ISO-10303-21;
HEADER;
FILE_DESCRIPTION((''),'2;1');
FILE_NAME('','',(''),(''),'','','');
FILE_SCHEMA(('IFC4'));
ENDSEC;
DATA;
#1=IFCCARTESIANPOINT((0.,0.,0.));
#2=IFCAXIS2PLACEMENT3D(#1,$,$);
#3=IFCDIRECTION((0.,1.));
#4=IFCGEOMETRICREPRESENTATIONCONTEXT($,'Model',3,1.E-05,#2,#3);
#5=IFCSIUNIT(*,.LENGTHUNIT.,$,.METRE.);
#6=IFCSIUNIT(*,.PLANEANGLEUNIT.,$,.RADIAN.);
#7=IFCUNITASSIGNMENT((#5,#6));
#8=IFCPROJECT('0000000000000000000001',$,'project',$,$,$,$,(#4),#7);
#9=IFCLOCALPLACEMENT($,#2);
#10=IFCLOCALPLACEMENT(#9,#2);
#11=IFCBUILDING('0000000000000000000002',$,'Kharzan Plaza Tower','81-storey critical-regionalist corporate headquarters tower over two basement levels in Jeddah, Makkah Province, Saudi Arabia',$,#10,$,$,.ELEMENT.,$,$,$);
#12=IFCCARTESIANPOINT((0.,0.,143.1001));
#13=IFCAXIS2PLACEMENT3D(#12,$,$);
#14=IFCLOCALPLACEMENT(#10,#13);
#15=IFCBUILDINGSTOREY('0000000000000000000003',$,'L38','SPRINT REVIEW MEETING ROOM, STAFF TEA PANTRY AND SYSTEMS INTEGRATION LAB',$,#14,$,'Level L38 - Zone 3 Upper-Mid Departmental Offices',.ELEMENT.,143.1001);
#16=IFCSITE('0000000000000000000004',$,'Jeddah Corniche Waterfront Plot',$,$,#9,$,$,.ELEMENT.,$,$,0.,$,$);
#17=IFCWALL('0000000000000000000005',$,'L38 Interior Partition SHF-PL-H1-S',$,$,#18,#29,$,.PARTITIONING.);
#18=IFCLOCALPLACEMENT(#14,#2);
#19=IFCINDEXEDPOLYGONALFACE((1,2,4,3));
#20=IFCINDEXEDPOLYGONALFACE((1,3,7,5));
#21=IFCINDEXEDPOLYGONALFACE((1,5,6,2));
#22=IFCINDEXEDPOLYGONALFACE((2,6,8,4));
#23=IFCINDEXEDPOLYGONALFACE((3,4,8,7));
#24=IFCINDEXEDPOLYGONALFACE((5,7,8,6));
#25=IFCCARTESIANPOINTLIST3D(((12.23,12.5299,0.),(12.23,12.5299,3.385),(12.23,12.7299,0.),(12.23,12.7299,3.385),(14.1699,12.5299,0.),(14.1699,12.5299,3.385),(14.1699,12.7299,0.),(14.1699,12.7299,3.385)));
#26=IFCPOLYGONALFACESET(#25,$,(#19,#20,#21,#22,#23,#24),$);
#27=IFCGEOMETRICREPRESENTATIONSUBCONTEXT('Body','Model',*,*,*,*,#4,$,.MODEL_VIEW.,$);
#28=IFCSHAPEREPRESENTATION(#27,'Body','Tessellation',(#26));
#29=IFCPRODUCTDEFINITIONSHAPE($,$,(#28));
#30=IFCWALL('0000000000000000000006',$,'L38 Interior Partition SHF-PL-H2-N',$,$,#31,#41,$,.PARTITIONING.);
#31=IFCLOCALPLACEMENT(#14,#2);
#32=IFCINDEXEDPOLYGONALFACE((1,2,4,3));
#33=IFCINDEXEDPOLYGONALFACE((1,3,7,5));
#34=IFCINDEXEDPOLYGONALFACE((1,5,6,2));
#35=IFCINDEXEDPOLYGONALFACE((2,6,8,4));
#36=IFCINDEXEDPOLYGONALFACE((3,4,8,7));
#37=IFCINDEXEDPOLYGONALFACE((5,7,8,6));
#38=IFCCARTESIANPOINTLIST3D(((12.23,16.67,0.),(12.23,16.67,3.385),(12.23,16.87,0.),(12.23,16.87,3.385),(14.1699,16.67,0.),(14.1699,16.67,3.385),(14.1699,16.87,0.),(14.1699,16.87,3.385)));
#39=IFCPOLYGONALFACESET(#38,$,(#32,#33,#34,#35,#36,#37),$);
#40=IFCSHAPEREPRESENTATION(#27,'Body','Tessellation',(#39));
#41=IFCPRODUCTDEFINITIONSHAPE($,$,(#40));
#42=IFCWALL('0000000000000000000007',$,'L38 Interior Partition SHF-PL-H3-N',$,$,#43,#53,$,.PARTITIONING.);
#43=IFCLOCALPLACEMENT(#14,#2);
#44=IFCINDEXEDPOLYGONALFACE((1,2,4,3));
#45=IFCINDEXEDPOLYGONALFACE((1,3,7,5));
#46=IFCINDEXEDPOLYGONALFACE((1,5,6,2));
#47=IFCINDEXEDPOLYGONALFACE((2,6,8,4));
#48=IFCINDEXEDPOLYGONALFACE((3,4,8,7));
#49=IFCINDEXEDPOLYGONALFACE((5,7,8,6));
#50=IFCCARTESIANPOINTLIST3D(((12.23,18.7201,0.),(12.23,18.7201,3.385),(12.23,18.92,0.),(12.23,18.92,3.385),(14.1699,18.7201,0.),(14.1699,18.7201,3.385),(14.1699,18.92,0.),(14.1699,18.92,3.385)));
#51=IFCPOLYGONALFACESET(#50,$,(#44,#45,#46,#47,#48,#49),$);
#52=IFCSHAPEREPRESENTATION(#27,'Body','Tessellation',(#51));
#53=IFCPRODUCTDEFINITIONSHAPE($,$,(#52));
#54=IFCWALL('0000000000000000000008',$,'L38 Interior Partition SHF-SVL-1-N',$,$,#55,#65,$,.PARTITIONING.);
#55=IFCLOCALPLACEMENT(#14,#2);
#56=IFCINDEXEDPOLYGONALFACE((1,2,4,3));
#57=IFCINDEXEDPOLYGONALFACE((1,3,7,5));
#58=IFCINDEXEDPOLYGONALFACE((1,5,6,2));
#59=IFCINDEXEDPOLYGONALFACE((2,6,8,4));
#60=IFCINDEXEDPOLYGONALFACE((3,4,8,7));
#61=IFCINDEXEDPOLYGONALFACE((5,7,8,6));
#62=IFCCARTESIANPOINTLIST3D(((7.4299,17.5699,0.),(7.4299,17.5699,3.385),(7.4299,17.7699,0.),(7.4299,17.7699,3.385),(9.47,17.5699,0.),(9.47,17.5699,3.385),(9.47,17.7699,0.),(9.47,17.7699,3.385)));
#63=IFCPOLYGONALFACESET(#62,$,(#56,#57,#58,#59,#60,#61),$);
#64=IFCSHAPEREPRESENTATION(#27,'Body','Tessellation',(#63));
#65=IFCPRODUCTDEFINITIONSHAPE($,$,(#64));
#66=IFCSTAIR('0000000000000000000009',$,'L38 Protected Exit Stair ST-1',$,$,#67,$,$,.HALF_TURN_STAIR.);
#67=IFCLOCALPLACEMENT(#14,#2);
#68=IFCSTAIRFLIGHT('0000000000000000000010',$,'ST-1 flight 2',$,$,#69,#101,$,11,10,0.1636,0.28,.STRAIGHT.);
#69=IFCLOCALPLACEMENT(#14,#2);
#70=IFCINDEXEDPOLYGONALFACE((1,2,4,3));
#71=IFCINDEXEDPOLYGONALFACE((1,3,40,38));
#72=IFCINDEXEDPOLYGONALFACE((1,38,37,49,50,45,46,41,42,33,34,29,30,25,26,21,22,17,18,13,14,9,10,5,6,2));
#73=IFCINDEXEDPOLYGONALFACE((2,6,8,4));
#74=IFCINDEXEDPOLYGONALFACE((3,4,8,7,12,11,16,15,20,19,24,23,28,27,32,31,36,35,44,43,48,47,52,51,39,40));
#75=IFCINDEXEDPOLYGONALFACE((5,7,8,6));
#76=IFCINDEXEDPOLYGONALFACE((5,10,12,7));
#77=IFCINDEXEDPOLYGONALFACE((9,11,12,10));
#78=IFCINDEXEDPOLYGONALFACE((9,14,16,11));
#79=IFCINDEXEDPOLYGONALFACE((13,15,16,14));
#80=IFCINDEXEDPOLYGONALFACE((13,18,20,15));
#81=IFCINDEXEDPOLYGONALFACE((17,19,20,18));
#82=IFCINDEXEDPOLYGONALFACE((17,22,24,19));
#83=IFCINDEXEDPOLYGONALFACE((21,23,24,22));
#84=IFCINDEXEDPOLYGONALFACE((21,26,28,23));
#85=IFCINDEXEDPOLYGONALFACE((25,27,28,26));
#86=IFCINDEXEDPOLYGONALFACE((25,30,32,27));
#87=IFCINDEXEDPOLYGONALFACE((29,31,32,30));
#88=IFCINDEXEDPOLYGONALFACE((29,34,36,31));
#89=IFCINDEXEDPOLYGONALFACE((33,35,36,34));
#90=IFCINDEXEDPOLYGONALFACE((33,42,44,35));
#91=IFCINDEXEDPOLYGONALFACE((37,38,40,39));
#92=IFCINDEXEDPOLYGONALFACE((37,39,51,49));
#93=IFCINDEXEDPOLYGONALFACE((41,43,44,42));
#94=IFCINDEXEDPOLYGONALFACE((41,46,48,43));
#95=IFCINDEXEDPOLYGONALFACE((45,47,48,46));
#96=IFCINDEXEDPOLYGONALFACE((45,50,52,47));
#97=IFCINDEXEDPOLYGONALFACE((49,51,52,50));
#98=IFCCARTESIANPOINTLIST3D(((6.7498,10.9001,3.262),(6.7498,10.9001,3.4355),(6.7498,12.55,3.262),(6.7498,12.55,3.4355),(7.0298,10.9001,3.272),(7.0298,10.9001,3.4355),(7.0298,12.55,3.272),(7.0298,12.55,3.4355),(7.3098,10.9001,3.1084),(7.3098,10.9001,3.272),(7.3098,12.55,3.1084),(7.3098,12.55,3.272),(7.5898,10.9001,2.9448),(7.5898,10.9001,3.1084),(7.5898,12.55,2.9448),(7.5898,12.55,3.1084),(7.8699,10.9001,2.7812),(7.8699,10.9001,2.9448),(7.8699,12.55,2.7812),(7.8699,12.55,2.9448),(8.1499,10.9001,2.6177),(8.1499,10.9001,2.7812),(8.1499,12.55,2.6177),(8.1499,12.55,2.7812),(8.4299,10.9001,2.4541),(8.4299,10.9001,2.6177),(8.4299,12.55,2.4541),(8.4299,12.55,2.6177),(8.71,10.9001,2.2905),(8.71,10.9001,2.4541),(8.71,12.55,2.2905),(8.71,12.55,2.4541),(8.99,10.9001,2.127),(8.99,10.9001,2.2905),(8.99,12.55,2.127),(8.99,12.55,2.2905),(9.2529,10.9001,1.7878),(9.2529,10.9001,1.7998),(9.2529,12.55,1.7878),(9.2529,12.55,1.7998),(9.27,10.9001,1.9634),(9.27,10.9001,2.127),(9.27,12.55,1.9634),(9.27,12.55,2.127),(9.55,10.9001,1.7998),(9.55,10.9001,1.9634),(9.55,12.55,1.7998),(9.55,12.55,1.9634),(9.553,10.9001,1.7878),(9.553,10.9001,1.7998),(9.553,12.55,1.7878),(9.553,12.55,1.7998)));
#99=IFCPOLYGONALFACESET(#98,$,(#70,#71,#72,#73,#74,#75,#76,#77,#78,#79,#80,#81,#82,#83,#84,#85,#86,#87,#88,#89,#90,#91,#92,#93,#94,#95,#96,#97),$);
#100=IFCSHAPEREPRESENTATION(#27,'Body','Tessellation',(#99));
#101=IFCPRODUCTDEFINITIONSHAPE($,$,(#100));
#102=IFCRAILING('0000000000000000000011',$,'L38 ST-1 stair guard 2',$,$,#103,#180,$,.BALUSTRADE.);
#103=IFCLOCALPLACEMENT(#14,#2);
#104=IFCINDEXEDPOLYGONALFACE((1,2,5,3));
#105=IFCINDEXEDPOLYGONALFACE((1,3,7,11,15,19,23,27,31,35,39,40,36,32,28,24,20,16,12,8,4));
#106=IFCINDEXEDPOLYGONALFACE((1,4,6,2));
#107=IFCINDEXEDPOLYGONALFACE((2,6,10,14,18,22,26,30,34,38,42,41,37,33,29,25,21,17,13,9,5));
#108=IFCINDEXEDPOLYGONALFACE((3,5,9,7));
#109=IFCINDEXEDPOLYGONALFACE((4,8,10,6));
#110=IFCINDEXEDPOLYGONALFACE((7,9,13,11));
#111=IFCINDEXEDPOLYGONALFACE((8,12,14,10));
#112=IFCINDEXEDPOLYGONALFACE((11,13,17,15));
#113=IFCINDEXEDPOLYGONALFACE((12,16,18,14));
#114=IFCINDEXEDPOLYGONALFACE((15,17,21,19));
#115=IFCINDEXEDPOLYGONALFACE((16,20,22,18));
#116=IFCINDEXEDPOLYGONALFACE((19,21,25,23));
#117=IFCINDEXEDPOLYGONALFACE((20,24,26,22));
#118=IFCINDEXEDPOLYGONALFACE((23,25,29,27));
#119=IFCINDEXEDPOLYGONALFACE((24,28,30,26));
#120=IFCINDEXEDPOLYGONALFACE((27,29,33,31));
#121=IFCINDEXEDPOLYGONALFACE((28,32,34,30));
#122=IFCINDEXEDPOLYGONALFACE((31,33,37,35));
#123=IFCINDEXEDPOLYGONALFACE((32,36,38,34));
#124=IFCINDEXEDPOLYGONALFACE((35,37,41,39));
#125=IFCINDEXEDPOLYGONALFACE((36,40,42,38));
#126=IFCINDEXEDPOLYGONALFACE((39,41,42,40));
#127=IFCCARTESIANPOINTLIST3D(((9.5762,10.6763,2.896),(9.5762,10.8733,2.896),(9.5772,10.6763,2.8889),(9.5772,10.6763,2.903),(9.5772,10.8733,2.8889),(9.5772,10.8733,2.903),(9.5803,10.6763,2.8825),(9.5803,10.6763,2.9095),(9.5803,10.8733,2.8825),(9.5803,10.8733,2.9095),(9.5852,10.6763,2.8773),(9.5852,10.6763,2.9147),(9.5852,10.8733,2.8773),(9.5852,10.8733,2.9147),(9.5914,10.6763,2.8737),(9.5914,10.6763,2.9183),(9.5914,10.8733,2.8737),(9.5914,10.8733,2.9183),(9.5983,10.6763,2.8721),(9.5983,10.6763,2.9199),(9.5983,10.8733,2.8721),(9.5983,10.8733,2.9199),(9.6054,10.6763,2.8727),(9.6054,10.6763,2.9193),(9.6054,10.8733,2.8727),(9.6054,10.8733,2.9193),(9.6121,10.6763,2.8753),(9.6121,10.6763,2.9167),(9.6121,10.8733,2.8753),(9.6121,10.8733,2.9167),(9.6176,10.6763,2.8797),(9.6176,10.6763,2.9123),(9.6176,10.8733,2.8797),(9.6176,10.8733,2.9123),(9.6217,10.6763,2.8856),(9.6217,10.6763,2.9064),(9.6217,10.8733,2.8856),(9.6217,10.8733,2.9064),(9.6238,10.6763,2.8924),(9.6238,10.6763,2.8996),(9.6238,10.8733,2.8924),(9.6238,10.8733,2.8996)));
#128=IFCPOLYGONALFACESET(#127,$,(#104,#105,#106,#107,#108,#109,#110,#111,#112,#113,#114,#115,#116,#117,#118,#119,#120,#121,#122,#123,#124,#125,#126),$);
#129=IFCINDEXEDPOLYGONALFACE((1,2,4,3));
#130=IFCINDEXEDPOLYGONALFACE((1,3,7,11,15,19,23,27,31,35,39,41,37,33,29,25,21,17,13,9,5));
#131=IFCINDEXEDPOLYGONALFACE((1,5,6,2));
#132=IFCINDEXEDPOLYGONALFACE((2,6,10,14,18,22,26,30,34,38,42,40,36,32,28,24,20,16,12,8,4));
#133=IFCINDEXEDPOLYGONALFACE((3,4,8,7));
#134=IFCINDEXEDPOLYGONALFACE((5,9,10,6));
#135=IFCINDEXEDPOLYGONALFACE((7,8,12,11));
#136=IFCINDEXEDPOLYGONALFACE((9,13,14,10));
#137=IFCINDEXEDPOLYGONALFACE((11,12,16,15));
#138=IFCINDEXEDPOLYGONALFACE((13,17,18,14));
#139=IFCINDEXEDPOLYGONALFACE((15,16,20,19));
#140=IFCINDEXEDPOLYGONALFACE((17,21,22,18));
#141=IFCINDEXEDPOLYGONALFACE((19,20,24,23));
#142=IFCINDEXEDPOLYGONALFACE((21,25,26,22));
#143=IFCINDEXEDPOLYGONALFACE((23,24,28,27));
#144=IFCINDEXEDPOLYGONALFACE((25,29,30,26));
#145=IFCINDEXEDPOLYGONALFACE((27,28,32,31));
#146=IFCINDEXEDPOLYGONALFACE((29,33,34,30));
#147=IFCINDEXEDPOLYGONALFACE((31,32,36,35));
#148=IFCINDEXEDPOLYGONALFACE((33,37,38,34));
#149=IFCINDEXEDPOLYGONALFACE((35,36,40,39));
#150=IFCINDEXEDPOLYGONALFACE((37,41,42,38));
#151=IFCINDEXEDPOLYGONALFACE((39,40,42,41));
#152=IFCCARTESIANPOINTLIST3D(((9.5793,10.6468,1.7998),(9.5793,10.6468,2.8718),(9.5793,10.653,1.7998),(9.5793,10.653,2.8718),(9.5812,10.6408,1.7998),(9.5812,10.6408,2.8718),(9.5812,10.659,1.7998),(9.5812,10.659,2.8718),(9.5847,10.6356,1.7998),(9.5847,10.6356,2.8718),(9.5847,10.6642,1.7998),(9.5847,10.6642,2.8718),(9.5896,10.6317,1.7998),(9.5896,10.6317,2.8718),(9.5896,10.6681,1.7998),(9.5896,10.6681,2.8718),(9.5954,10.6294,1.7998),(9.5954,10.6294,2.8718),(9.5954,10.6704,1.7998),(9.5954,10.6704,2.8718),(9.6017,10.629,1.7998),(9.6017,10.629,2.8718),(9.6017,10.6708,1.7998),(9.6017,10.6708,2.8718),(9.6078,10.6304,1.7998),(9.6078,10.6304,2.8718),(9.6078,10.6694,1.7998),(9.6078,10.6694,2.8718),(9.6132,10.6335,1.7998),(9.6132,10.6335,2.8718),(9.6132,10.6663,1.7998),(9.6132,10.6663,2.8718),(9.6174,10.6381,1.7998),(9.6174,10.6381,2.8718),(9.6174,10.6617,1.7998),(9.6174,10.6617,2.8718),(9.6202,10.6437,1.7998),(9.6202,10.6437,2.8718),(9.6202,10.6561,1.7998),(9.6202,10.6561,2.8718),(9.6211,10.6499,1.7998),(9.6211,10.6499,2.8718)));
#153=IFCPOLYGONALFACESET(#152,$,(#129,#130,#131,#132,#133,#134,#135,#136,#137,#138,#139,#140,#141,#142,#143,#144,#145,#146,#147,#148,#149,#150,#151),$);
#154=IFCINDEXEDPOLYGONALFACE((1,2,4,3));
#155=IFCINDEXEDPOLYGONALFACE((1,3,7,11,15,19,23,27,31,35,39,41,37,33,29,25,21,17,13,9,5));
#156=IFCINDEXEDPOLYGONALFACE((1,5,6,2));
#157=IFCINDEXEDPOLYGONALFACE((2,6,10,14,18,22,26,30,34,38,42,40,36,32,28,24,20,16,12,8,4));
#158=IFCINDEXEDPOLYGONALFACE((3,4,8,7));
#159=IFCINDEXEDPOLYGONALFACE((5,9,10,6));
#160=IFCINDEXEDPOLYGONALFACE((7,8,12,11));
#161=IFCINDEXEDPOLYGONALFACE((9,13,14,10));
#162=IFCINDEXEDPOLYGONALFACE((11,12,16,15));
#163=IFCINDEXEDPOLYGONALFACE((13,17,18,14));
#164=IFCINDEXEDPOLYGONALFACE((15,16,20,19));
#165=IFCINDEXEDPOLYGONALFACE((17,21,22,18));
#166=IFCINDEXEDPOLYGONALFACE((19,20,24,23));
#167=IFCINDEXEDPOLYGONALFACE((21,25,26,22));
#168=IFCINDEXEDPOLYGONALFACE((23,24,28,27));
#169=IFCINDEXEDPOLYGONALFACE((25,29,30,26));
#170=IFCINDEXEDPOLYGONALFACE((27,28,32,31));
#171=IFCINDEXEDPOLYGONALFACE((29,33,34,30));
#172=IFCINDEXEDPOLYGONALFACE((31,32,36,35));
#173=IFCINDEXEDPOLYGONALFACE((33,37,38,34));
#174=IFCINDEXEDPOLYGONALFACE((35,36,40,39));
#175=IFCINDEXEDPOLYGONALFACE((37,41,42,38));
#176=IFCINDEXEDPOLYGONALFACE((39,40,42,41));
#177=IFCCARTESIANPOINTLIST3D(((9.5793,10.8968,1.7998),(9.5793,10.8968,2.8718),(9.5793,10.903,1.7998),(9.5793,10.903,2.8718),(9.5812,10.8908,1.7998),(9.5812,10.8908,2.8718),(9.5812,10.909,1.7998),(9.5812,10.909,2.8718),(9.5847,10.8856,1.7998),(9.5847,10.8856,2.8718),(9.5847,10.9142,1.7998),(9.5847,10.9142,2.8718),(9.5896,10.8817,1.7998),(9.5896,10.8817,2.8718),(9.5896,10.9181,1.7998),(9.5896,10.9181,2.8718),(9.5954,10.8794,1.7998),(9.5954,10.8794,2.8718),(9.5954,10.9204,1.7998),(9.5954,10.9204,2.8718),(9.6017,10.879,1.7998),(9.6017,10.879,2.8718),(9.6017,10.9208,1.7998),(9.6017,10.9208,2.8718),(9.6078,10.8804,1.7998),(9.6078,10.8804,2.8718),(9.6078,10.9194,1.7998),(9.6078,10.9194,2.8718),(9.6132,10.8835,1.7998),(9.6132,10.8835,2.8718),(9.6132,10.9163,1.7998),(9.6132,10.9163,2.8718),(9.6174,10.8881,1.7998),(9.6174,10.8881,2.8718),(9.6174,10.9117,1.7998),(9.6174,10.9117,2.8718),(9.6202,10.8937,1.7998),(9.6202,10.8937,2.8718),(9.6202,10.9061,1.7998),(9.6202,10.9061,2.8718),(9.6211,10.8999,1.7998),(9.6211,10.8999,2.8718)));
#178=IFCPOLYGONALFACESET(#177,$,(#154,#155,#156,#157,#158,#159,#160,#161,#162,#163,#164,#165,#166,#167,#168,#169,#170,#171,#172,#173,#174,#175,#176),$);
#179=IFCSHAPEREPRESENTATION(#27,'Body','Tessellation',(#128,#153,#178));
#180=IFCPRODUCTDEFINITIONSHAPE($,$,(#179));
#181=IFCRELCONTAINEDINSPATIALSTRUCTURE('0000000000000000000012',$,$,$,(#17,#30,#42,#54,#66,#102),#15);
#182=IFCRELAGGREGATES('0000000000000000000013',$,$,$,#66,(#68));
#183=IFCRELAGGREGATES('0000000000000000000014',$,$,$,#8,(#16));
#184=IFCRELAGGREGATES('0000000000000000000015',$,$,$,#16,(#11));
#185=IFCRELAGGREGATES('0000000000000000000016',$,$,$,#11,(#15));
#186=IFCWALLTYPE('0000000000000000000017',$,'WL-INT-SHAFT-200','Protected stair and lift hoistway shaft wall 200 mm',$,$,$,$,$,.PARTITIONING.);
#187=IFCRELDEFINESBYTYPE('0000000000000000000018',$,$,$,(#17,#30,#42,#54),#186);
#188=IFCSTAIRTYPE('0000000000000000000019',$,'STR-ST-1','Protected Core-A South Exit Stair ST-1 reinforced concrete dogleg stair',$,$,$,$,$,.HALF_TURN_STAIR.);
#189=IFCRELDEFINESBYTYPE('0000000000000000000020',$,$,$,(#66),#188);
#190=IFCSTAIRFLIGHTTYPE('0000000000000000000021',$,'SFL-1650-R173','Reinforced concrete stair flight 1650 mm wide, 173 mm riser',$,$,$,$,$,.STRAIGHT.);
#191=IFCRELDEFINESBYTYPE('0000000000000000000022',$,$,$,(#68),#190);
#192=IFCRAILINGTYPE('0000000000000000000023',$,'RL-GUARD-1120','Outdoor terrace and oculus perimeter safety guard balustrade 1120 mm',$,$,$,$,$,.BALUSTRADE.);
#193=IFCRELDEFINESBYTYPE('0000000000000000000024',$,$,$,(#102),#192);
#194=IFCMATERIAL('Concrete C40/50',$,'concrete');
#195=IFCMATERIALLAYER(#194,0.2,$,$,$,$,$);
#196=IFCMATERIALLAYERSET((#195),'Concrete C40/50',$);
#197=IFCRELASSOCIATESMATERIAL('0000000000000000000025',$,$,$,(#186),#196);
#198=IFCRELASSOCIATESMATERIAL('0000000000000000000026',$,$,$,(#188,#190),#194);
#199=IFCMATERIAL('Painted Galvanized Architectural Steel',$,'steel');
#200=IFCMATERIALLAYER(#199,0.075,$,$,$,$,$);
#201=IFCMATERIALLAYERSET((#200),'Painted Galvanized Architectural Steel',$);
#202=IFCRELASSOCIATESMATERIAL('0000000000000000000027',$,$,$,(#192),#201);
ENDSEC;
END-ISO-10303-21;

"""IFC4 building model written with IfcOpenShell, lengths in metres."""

from ifc_helpers import new_model, si_unit, direction, frame, frame_2d, origin, origin_2d, place, context, subcontext, project, spatial, polyline, rectangle, circle, outline, extrude, source, transform, mapped, material, layer, layer_set, type_object, element, aggregate, save


model = new_model("IFC4")

# Units and contexts
model_context = context("Model", 3, precision=1e-05, world=origin(), true_north=direction((0.0, 1.0)))
body_context = subcontext(model_context, "Body", "Model", "MODEL_VIEW")
ifc_project = project(units=[si_unit("LENGTHUNIT", "METRE"), si_unit("PLANEANGLEUNIT", "RADIAN")], contexts=[model_context])

# Site, building, storey
site_placement = place(None, origin())
site = spatial("IfcSite", under=ifc_project, at=site_placement, Name="Jeddah Corniche Waterfront Plot", CompositionType="ELEMENT", RefElevation=0.0)
building_placement = place(site_placement, origin())
building = spatial("IfcBuilding", under=site, at=building_placement, Name="Kharzan Plaza Tower", Description="81-storey critical-regionalist corporate headquarters tower over two basement levels in Jeddah, Makkah Province, Saudi Arabia", CompositionType="ELEMENT")
storey_placement = place(building_placement, frame((0.0, 0.0, 143.1001)))
storey = spatial("IfcBuildingStorey", under=building, at=storey_placement, Name="L38", Description="SPRINT REVIEW MEETING ROOM, STAFF TEA PANTRY AND SYSTEMS INTEGRATION LAB", LongName="Level L38 - Zone 3 Upper-Mid Departmental Offices", CompositionType="ELEMENT", Elevation=143.1001)

# Shared definitions
ifc_material_1 = material(Name="Concrete C40/50", Category="concrete")
ifc_layer_1 = layer(ifc_material_1, 0.2)
ifc_layer_set_1 = layer_set([ifc_layer_1], Name="Concrete C40/50")
wall_type_1 = type_object("IfcWallType", Name="WL-INT-SHAFT-200", Description="Protected stair and lift hoistway shaft wall 200 mm", PredefinedType="PARTITIONING", material=ifc_layer_set_1)

# Walls
shared_shape_1 = source(origin(), body_context, "Body", "SweptSolid", [
    extrude(rectangle(XDim=1.9399, YDim=0.2, at=frame_2d((0.97, 0.0))), origin(), (0.0, 0.0, 1.0), 3.385),
])
for number, where, z_axis, x_axis, name in (
    (1, (12.23, 12.6299, 0.0), (0.0, 0.0, 1.0), (1.0, 0.0, 0.0), "L38 Interior Partition SHF-PL-H1-S"),
    (2, (12.23, 16.77, 0.0), (0.0, 0.0, 1.0), (1.0, 0.0, 0.0), "L38 Interior Partition SHF-PL-H2-N"),
    (3, (12.23, 18.8201, 0.0), (0.0, 0.0, 1.0), (1.0, 0.0, 0.0), "L38 Interior Partition SHF-PL-H3-N"),
):
    element("IfcWall", number, at=place(storey_placement, frame(where, z_axis=z_axis, x_axis=x_axis)), inside=storey, type_object=wall_type_1, Name=name, PredefinedType="PARTITIONING", context=body_context, shape_type="MappedRepresentation", body=[
        mapped(shared_shape_1, transform((0.0, 0.0, 0.0), x_axis=(1.0, 0.0, 0.0), y_axis=(0.0, 1.0, 0.0), z_axis=(0.0, 0.0, 1.0))),
    ])
shared_shape_2 = source(origin(), body_context, "Body", "SweptSolid", [
    extrude(rectangle(XDim=2.04, YDim=0.2, at=frame_2d((1.02, 0.0))), origin(), (0.0, 0.0, 1.0), 3.385),
])
wall_1_placement = place(storey_placement, frame((7.4299, 17.6699, 0.0), z_axis=(0.0, 0.0, 1.0), x_axis=(1.0, 0.0, 0.0)))
element("IfcWall", 4, at=wall_1_placement, inside=storey, type_object=wall_type_1, Name="L38 Interior Partition SHF-SVL-1-N", PredefinedType="PARTITIONING", context=body_context, shape_type="MappedRepresentation", body=[
    mapped(shared_shape_2, transform((0.0, 0.0, 0.0), x_axis=(1.0, 0.0, 0.0), y_axis=(0.0, 1.0, 0.0), z_axis=(0.0, 0.0, 1.0))),
])

# Stair, stair flight
stair_type = type_object("IfcStairType", Name="STR-ST-1", Description="Protected Core-A South Exit Stair ST-1 reinforced concrete dogleg stair", PredefinedType="HALF_TURN_STAIR", material=ifc_material_1)
stair_placement = place(storey_placement, origin())
stair = element("IfcStair", 5, at=stair_placement, inside=storey, type_object=stair_type, Name="L38 Protected Exit Stair ST-1", PredefinedType="HALF_TURN_STAIR")
stair_flight_type = type_object("IfcStairFlightType", Name="SFL-1650-R173", Description="Reinforced concrete stair flight 1650 mm wide, 173 mm riser", PredefinedType="STRAIGHT", material=ifc_material_1)
shared_shape_3 = source(origin(), body_context, "Body", "SweptSolid", [
    extrude(outline(polyline([(-0.0029, -0.012), (-0.0029, 0.0), (0.0, 0.0), (0.0, 0.1636), (0.28, 0.1636), (0.28, 0.3271), (0.5601, 0.3271), (0.5601, 0.4907), (0.8401, 0.4907), (0.8401, 0.6543), (1.1201, 0.6543), (1.1201, 0.8179), (1.4001, 0.8179), (1.4001, 0.9814), (1.6802, 0.9814), (1.6802, 1.145), (1.9602, 1.145), (1.9602, 1.3086), (2.2402, 1.3086), (2.2402, 1.4722), (2.5203, 1.4722), (2.5203, 1.6357), (2.8003, 1.6357), (2.8003, 1.7993), (2.8003, 1.4622), (0.2971, 0.0), (0.2971, -0.012), (-0.0029, -0.012)])), frame((0.0, 0.825, 0.0), z_axis=(0.0, -1.0, 0.0), x_axis=(1.0, 0.0, 0.0)), (0.0, 0.0, 1.0), 1.6499),
])
stair_flight_placement = place(storey_placement, frame((9.55, 11.7251, 1.7998), z_axis=(0.0, 0.0, 1.0), x_axis=(-1.0, 0.0, 0.0)))
stair_flight = element("IfcStairFlight", 6, at=stair_flight_placement, type_object=stair_flight_type, Name="ST-1 flight 2", NumberOfRisers=11, NumberOfTreads=10, PredefinedType="STRAIGHT", RiserHeight=0.1636, TreadLength=0.28, context=body_context, shape_type="MappedRepresentation", body=[
    mapped(shared_shape_3, transform((0.0, 0.0, 0.0), x_axis=(1.0, 0.0, 0.0), y_axis=(0.0, 1.0, 0.0), z_axis=(0.0, 0.0, 1.0))),
])
aggregate(stair, [stair_flight])

# Railing
ifc_material_2 = material(Name="Painted Galvanized Architectural Steel", Category="steel")
ifc_layer_2 = layer(ifc_material_2, 0.075)
ifc_layer_set_2 = layer_set([ifc_layer_2], Name="Painted Galvanized Architectural Steel")
railing_type_1 = type_object("IfcRailingType", Name="RL-GUARD-1120", Description="Outdoor terrace and oculus perimeter safety guard balustrade 1120 mm", PredefinedType="BALUSTRADE", material=ifc_layer_set_2)
shared_shape_4 = source(origin(), body_context, "Body", "SweptSolid", [
    extrude(circle(Radius=0.0239, at=origin_2d()), frame((0.0, 0.0264, 1.0962), z_axis=(0.0, 1.0, 0.0), x_axis=(-1.0, 0.0, 0.0)), (0.0, 0.0, 1.0), 0.197),
    extrude(circle(Radius=0.021, at=origin_2d()), origin(), (0.0, 0.0, 1.0), 1.072),
    extrude(circle(Radius=0.021, at=origin_2d()), frame((0.0, 0.25, 0.0)), (0.0, 0.0, 1.0), 1.072),
])
railing_1_placement = place(storey_placement, frame((9.6001, 10.6499, 1.7998)))
element("IfcRailing", 7, at=railing_1_placement, inside=storey, type_object=railing_type_1, Name="L38 ST-1 stair guard 2", PredefinedType="BALUSTRADE", context=body_context, shape_type="MappedRepresentation", body=[
    mapped(shared_shape_4, transform((0.0, 0.0, 0.0), x_axis=(1.0, 0.0, 0.0), y_axis=(0.0, 1.0, 0.0), z_axis=(0.0, 0.0, 1.0))),
])

save(model, "model.ifc")
